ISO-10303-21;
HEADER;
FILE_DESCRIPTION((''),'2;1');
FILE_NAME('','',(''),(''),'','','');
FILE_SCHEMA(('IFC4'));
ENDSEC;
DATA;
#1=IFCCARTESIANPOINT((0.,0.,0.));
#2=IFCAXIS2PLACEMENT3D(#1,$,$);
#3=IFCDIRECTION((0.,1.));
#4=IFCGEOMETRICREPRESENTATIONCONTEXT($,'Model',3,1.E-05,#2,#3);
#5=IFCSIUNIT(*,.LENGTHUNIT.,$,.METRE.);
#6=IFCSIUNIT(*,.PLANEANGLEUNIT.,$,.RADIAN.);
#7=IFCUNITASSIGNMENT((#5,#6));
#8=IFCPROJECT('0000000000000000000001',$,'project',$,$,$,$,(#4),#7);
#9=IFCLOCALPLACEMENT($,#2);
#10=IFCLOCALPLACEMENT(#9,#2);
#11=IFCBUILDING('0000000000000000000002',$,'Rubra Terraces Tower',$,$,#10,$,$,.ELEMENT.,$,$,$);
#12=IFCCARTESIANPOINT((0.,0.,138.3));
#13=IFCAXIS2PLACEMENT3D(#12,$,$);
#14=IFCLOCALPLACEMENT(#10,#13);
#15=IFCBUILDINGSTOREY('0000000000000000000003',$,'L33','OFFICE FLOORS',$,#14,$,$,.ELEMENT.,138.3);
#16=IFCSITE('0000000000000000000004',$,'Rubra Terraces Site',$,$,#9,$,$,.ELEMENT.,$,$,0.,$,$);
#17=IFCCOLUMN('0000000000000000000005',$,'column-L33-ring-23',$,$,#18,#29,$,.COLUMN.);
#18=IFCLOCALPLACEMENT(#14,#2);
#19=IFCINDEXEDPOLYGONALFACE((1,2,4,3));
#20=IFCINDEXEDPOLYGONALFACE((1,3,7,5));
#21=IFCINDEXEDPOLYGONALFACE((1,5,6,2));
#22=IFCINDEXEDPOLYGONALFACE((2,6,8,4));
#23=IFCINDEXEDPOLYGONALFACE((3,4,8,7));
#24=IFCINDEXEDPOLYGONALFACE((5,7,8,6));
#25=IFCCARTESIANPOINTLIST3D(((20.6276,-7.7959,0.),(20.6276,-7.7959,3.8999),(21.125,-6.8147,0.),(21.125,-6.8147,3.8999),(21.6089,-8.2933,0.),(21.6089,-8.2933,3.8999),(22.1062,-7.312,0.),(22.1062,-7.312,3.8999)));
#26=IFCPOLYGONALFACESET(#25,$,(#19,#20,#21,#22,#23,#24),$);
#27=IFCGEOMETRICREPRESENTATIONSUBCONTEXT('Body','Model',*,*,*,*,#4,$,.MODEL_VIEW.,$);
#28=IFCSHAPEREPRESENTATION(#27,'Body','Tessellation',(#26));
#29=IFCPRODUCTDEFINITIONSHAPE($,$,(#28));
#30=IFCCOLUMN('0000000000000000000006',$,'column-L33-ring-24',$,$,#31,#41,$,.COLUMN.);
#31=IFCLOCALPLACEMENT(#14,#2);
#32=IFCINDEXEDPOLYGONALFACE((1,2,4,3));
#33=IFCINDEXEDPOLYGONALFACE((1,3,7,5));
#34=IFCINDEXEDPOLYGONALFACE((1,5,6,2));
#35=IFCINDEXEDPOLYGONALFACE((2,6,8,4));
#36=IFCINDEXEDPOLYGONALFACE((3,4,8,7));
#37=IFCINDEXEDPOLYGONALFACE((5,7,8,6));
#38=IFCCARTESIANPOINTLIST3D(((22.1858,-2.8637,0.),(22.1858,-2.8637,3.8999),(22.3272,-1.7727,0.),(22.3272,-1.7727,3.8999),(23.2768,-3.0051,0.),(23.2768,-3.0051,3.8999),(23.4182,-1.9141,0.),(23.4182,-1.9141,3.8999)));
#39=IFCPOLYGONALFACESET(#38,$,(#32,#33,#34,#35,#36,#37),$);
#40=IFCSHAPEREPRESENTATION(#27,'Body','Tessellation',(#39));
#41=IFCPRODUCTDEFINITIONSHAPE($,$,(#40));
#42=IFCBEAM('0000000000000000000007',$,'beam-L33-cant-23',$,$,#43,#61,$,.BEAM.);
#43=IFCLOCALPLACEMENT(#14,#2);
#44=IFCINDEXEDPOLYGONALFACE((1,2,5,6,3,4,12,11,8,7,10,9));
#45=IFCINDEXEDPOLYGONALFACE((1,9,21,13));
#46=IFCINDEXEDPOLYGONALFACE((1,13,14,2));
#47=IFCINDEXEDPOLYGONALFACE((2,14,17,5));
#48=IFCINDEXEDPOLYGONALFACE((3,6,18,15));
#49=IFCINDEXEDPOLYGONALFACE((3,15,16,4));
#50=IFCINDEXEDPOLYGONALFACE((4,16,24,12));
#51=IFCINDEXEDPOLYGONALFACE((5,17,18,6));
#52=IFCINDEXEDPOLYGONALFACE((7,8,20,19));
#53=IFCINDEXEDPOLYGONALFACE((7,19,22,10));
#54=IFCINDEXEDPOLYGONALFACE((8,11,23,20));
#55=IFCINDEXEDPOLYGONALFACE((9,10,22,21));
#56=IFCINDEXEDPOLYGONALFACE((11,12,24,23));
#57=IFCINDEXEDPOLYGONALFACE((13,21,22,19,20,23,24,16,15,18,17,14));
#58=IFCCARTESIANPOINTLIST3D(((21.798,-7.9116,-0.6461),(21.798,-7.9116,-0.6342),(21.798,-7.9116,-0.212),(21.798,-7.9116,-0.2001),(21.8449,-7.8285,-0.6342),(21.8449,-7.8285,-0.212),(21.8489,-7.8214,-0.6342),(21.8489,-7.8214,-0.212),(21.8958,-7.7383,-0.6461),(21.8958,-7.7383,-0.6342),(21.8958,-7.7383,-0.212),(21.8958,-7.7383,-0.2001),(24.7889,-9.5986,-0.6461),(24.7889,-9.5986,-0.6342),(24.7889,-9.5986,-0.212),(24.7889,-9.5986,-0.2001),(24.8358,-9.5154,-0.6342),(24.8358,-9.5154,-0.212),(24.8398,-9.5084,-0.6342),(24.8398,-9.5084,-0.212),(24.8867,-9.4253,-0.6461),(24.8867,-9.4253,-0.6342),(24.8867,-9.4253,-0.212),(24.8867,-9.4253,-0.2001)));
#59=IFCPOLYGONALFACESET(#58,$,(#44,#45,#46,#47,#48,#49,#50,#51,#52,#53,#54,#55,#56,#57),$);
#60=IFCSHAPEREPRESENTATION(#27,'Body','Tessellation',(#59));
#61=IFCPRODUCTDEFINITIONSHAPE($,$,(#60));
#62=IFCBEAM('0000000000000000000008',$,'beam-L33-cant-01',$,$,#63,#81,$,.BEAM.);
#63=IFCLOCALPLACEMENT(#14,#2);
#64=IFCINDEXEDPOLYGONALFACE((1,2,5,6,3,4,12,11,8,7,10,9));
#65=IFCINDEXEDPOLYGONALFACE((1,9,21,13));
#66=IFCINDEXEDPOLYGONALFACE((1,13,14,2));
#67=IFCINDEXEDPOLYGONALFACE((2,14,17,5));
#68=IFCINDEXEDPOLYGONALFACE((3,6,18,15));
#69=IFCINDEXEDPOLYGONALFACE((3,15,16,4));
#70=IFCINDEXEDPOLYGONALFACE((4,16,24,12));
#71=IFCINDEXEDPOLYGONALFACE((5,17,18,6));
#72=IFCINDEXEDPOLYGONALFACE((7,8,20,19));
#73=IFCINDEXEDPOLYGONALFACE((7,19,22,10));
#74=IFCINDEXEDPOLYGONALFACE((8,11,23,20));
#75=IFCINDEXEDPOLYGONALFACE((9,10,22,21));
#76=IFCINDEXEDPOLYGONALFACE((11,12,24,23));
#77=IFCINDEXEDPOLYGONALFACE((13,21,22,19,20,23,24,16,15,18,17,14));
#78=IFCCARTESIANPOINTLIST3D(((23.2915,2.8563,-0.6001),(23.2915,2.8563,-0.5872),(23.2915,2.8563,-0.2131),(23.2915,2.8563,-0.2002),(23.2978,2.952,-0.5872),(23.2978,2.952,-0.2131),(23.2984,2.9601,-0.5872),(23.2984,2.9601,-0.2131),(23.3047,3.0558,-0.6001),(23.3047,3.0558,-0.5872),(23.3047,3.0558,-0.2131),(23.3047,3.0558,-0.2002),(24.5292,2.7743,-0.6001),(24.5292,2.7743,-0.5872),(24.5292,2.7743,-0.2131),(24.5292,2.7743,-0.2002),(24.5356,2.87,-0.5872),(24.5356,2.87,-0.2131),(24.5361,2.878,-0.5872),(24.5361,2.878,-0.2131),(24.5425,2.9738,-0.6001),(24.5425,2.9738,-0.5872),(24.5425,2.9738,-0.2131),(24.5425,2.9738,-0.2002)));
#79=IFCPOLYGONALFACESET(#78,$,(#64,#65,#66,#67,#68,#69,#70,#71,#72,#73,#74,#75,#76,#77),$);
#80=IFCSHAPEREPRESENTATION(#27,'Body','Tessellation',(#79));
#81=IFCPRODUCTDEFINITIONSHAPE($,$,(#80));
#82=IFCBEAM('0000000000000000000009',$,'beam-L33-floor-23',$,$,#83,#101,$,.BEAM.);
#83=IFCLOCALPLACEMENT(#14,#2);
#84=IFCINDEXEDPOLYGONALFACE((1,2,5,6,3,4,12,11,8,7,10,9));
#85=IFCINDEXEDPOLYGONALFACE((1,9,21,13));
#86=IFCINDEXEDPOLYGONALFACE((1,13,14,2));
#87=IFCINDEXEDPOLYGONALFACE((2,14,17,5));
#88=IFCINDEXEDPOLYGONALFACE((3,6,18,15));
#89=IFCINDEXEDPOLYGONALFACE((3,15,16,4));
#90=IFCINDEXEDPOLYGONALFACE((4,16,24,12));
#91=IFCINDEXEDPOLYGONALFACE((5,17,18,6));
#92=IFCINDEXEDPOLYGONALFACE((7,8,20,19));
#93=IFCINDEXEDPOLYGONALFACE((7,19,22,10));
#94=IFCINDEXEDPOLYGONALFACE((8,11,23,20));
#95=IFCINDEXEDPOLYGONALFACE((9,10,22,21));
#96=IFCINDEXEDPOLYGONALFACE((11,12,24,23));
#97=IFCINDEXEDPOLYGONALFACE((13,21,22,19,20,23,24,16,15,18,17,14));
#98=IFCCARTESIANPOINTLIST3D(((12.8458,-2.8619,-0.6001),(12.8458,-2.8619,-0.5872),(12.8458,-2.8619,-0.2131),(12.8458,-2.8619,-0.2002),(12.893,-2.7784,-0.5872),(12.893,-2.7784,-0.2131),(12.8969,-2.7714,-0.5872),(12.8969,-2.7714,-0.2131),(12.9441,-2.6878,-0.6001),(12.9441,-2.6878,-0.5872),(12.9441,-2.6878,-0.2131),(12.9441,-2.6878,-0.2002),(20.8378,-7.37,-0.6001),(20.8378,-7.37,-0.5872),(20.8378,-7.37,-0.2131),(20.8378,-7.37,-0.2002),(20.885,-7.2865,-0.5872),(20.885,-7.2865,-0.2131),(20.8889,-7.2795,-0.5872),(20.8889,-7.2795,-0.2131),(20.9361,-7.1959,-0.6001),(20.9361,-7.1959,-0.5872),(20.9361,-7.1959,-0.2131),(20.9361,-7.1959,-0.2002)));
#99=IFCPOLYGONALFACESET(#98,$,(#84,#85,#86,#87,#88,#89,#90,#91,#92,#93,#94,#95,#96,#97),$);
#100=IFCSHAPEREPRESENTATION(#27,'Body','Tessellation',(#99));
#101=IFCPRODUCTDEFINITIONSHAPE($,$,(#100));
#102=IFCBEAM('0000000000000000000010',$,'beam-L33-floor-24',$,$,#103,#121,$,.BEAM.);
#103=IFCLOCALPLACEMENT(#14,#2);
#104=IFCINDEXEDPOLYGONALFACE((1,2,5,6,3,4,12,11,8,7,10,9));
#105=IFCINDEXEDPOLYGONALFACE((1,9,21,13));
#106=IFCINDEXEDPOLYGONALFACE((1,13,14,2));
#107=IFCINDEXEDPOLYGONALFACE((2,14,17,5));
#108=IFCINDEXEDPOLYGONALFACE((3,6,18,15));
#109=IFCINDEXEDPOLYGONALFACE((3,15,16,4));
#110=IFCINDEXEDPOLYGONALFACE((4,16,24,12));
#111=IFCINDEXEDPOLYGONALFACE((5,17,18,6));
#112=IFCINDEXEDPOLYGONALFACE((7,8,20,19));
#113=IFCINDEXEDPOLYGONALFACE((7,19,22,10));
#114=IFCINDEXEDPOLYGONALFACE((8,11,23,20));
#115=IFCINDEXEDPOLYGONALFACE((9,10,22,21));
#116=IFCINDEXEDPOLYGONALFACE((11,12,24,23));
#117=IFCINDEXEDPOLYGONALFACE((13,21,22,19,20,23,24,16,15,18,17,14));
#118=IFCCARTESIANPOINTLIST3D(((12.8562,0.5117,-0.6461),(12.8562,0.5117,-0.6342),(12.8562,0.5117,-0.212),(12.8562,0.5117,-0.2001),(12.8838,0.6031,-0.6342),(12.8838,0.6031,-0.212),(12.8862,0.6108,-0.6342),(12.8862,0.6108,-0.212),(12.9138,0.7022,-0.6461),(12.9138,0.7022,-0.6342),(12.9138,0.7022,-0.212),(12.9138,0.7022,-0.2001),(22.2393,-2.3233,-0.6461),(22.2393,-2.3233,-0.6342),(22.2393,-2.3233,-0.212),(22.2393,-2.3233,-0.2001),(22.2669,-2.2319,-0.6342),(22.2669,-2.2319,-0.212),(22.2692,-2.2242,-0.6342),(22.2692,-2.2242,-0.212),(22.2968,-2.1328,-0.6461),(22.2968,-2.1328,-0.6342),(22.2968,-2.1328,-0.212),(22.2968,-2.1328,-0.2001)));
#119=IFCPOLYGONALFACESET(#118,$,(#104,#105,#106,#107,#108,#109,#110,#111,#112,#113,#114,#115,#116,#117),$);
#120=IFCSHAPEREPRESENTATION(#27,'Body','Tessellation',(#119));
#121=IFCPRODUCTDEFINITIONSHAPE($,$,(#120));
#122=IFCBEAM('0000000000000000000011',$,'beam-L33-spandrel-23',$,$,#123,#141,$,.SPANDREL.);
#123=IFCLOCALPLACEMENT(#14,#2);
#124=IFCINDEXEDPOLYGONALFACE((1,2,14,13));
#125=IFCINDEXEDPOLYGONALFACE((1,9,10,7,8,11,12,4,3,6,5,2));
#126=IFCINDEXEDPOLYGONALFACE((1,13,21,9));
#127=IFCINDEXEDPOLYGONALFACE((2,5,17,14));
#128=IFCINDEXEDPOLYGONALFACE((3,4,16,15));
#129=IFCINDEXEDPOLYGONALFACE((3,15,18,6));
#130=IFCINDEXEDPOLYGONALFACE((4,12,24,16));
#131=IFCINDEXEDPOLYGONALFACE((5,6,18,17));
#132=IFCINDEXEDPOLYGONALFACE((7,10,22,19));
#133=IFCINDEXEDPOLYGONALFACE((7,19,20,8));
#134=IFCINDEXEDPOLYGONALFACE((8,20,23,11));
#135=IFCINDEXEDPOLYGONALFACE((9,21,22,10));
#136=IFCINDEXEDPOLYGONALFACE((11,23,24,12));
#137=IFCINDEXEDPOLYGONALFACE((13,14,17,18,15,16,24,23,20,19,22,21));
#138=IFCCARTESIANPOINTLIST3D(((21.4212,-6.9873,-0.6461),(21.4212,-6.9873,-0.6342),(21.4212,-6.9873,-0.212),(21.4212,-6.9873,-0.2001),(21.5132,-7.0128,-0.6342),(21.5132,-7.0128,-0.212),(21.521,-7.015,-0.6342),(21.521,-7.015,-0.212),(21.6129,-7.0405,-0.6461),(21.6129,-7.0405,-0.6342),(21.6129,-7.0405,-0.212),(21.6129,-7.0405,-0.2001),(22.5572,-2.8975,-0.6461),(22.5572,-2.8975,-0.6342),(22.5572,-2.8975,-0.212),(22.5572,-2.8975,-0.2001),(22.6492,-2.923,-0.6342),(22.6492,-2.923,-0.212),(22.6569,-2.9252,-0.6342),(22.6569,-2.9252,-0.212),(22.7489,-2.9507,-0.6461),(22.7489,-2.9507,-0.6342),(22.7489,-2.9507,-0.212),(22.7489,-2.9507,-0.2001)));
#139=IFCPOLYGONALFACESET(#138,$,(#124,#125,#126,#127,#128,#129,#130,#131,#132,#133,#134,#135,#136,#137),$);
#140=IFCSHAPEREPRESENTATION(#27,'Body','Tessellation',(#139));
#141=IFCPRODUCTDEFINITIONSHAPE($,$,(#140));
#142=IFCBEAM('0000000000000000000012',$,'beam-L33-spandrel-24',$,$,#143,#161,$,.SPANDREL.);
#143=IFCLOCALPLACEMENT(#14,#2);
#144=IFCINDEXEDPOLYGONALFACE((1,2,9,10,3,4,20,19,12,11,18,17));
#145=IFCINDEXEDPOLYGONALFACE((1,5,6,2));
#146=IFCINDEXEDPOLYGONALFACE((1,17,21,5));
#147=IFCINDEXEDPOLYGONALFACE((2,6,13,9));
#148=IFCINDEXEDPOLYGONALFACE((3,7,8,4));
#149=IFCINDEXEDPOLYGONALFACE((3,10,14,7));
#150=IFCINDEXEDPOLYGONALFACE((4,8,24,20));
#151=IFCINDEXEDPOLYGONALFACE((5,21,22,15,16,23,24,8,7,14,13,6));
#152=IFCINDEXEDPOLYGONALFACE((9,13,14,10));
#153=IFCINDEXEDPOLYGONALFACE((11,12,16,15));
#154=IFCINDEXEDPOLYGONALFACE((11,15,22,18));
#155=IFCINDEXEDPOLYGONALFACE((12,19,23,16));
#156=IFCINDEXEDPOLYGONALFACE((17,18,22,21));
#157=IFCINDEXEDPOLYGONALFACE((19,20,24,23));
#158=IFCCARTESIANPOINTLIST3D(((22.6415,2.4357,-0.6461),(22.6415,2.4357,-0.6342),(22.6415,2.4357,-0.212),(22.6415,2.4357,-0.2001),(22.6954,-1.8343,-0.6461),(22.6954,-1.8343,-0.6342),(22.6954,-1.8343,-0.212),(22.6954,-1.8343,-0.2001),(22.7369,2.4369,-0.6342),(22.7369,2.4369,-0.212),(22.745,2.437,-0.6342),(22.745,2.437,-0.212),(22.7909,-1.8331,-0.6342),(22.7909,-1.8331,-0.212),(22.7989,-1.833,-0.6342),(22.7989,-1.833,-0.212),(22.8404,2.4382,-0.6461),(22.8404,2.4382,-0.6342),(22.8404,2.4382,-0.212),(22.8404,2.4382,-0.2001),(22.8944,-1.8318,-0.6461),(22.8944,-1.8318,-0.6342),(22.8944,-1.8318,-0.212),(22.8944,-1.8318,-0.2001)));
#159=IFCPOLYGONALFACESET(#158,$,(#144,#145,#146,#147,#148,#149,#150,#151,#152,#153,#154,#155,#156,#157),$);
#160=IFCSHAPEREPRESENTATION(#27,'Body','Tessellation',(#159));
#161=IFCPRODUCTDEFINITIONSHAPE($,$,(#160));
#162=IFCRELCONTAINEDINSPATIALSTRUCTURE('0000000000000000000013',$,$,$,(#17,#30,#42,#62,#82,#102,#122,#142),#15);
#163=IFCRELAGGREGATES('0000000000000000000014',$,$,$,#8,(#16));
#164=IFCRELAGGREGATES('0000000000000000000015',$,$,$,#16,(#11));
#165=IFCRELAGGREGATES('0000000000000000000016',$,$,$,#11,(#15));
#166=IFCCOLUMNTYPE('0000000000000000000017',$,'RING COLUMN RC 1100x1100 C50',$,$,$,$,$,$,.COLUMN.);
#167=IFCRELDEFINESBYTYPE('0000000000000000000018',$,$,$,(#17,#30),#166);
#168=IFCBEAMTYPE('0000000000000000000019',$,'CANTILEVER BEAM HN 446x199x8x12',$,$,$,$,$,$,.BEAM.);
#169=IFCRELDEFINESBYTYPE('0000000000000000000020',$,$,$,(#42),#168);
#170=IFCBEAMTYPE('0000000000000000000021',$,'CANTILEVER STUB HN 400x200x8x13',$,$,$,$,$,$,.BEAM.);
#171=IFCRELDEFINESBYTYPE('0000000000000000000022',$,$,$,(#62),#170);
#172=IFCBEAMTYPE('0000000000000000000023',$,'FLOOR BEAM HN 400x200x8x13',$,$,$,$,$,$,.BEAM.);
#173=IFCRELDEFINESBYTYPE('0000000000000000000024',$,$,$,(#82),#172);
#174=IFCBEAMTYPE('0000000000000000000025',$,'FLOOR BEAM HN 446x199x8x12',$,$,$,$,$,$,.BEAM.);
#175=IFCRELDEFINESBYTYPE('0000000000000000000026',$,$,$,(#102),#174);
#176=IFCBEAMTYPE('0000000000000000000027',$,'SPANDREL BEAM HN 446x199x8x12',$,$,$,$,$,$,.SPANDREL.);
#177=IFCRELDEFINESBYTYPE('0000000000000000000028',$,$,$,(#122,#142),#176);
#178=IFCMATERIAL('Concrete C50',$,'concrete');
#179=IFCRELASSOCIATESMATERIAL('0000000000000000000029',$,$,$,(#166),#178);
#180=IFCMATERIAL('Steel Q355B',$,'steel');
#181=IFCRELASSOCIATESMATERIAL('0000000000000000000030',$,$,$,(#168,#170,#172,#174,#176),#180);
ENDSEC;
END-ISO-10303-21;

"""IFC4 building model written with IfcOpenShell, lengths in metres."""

from ifc_helpers import new_model, si_unit, direction, frame, origin, origin_2d, place, context, subcontext, project, spatial, rectangle, i_section, extrude, material, material_profile, profile_set, type_object, element, save


model = new_model("IFC4")

# Units and contexts
model_context = context("Model", 3, precision=1e-05, world=origin(), true_north=direction((0.0, 1.0)))
body_context = subcontext(model_context, "Body", "Model", "MODEL_VIEW")
ifc_project = project(units=[si_unit("LENGTHUNIT", "METRE"), si_unit("PLANEANGLEUNIT", "RADIAN")], contexts=[model_context])

# Site, building, storey
site_placement = place(None, origin())
site = spatial("IfcSite", under=ifc_project, at=site_placement, Name="Rubra Terraces Site", CompositionType="ELEMENT", RefElevation=0.0)
building_placement = place(site_placement, origin())
building = spatial("IfcBuilding", under=site, at=building_placement, Name="Rubra Terraces Tower", CompositionType="ELEMENT")
storey_placement = place(building_placement, frame((0.0, 0.0, 138.3)))
storey = spatial("IfcBuildingStorey", under=building, at=storey_placement, Name="L33", Description="OFFICE FLOORS", CompositionType="ELEMENT", Elevation=138.3)

# Columns
ifc_material_1 = material(Name="Concrete C50", Category="concrete")
ifc_material_profile_1 = material_profile(ifc_material_1, rectangle(XDim=1.1001, YDim=1.1001, at=origin_2d()), Name="RC 1100x1100")
ifc_profile_set_1 = profile_set([ifc_material_profile_1], Name="Concrete C50")
column_type = type_object("IfcColumnType", Name="RING COLUMN RC 1100x1100 C50", PredefinedType="COLUMN", material=ifc_profile_set_1)
for number, where, z_axis, x_axis, name in (
    (1, (21.3669, -7.554, 0.0), (0.0, 0.0, 1.0), (0.452079, 0.891978, 0.0), "column-L33-ring-23"),
    (2, (22.802, -2.3889, 0.0), (0.0, 0.0, 1.0), (0.128535, 0.991705, 0.0), "column-L33-ring-24"),
):
    element("IfcColumn", number, at=place(storey_placement, frame(where, z_axis=z_axis, x_axis=x_axis)), inside=storey, type_object=column_type, Name=name, PredefinedType="COLUMN", context=body_context, shape_type="SweptSolid", body=[
        extrude(rectangle(XDim=1.1001, YDim=1.1001, at=origin_2d()), origin(), (0.0, 0.0, 1.0), 3.8999),
    ])

# Beams
ifc_material_2 = material(Name="Steel Q355B", Category="steel")
ifc_material_profile_2 = material_profile(ifc_material_2, i_section(OverallWidth=0.199, OverallDepth=0.446, WebThickness=0.0081, FlangeThickness=0.012, at=origin_2d()), Name="HN 446x199x8x12")
ifc_profile_set_2 = profile_set([ifc_material_profile_2], Name="Steel Q355B")
beam_type_1 = type_object("IfcBeamType", Name="CANTILEVER BEAM HN 446x199x8x12", PredefinedType="BEAM", material=ifc_profile_set_2)
beam_1_placement = place(storey_placement, frame((21.8469, -7.825, -0.4231), z_axis=(0.871003, -0.491277, 0.0), x_axis=(0.491277, 0.871003, 0.0)))
element("IfcBeam", 3, at=beam_1_placement, inside=storey, type_object=beam_type_1, Name="beam-L33-cant-23", PredefinedType="BEAM", context=body_context, shape_type="SweptSolid", body=[
    extrude(i_section(OverallWidth=0.199, OverallDepth=0.446, WebThickness=0.0081, FlangeThickness=0.012, at=origin_2d()), origin(), (0.0, 0.0, 1.0), 3.4338),
])
ifc_material_profile_3 = material_profile(ifc_material_2, i_section(OverallWidth=0.2, OverallDepth=0.3999, WebThickness=0.0081, FlangeThickness=0.0129, at=origin_2d()), Name="HN 400x200x8x13")
ifc_profile_set_3 = profile_set([ifc_material_profile_3], Name="Steel Q355B")
beam_type_2 = type_object("IfcBeamType", Name="CANTILEVER STUB HN 400x200x8x13", PredefinedType="BEAM", material=ifc_profile_set_3)
beam_2_placement = place(storey_placement, frame((23.2981, 2.9561, -0.4001), z_axis=(0.997811, -0.066127, 0.0), x_axis=(0.066127, 0.997811, 0.0)))
element("IfcBeam", 4, at=beam_2_placement, inside=storey, type_object=beam_type_2, Name="beam-L33-cant-01", PredefinedType="BEAM", context=body_context, shape_type="SweptSolid", body=[
    extrude(i_section(OverallWidth=0.2, OverallDepth=0.3999, WebThickness=0.0081, FlangeThickness=0.0129, at=origin_2d()), origin(), (0.0, 0.0, 1.0), 1.2405),
])
ifc_material_profile_4 = material_profile(ifc_material_2, i_section(OverallWidth=0.2, OverallDepth=0.3999, WebThickness=0.0081, FlangeThickness=0.0129, at=origin_2d()), Name="HN 400x200x8x13")
ifc_profile_set_4 = profile_set([ifc_material_profile_4], Name="Steel Q355B")
beam_type_3 = type_object("IfcBeamType", Name="FLOOR BEAM HN 400x200x8x13", PredefinedType="BEAM", material=ifc_profile_set_4)
beam_3_placement = place(storey_placement, frame((20.887, -7.283, -0.4001), z_axis=(-0.870989, 0.491303, 0.0), x_axis=(-0.491303, -0.870989, 0.0)))
element("IfcBeam", 5, at=beam_3_placement, inside=storey, type_object=beam_type_3, Name="beam-L33-floor-23", PredefinedType="BEAM", context=body_context, shape_type="SweptSolid", body=[
    extrude(i_section(OverallWidth=0.2, OverallDepth=0.3999, WebThickness=0.0081, FlangeThickness=0.0129, at=origin_2d()), origin(), (0.0, 0.0, 1.0), 9.1758),
])
ifc_material_profile_5 = material_profile(ifc_material_2, i_section(OverallWidth=0.199, OverallDepth=0.446, WebThickness=0.0081, FlangeThickness=0.012, at=origin_2d()), Name="HN 446x199x8x12")
ifc_profile_set_5 = profile_set([ifc_material_profile_5], Name="Steel Q355B")
beam_type_4 = type_object("IfcBeamType", Name="FLOOR BEAM HN 446x199x8x12", PredefinedType="BEAM", material=ifc_profile_set_5)
beam_4_placement = place(storey_placement, frame((22.2681, -2.228, -0.4231), z_axis=(-0.957262, 0.289223, 0.0), x_axis=(-0.289223, -0.957262, 0.0)))
element("IfcBeam", 6, at=beam_4_placement, inside=storey, type_object=beam_type_4, Name="beam-L33-floor-24", PredefinedType="BEAM", context=body_context, shape_type="SweptSolid", body=[
    extrude(i_section(OverallWidth=0.199, OverallDepth=0.446, WebThickness=0.0081, FlangeThickness=0.012, at=origin_2d()), origin(), (0.0, 0.0, 1.0), 9.802),
])
ifc_material_profile_6 = material_profile(ifc_material_2, i_section(OverallWidth=0.199, OverallDepth=0.446, WebThickness=0.0081, FlangeThickness=0.012, at=origin_2d()), Name="HN 446x199x8x12")
ifc_profile_set_6 = profile_set([ifc_material_profile_6], Name="Steel Q355B")
beam_type_5 = type_object("IfcBeamType", Name="SPANDREL BEAM HN 446x199x8x12", PredefinedType="SPANDREL", material=ifc_profile_set_6)
beam_5_placement = place(storey_placement, frame((21.5171, -7.0139, -0.4231), z_axis=(0.267626, 0.963523, 0.0), x_axis=(-0.963523, 0.267626, 0.0)))
element("IfcBeam", 7, at=beam_5_placement, inside=storey, type_object=beam_type_5, Name="beam-L33-spandrel-23", PredefinedType="SPANDREL", context=body_context, shape_type="SweptSolid", body=[
    extrude(i_section(OverallWidth=0.199, OverallDepth=0.446, WebThickness=0.0081, FlangeThickness=0.012, at=origin_2d()), origin(), (0.0, 0.0, 1.0), 4.2446),
])
beam_6_placement = place(storey_placement, frame((22.7949, -1.833, -0.4231), z_axis=(-0.012635, 0.99992, 0.0), x_axis=(-0.99992, -0.012635, 0.0)))
element("IfcBeam", 8, at=beam_6_placement, inside=storey, type_object=beam_type_5, Name="beam-L33-spandrel-24", PredefinedType="SPANDREL", context=body_context, shape_type="SweptSolid", body=[
    extrude(i_section(OverallWidth=0.199, OverallDepth=0.446, WebThickness=0.0081, FlangeThickness=0.012, at=origin_2d()), origin(), (0.0, 0.0, 1.0), 4.2703),
])

save(model, "model.ifc")
